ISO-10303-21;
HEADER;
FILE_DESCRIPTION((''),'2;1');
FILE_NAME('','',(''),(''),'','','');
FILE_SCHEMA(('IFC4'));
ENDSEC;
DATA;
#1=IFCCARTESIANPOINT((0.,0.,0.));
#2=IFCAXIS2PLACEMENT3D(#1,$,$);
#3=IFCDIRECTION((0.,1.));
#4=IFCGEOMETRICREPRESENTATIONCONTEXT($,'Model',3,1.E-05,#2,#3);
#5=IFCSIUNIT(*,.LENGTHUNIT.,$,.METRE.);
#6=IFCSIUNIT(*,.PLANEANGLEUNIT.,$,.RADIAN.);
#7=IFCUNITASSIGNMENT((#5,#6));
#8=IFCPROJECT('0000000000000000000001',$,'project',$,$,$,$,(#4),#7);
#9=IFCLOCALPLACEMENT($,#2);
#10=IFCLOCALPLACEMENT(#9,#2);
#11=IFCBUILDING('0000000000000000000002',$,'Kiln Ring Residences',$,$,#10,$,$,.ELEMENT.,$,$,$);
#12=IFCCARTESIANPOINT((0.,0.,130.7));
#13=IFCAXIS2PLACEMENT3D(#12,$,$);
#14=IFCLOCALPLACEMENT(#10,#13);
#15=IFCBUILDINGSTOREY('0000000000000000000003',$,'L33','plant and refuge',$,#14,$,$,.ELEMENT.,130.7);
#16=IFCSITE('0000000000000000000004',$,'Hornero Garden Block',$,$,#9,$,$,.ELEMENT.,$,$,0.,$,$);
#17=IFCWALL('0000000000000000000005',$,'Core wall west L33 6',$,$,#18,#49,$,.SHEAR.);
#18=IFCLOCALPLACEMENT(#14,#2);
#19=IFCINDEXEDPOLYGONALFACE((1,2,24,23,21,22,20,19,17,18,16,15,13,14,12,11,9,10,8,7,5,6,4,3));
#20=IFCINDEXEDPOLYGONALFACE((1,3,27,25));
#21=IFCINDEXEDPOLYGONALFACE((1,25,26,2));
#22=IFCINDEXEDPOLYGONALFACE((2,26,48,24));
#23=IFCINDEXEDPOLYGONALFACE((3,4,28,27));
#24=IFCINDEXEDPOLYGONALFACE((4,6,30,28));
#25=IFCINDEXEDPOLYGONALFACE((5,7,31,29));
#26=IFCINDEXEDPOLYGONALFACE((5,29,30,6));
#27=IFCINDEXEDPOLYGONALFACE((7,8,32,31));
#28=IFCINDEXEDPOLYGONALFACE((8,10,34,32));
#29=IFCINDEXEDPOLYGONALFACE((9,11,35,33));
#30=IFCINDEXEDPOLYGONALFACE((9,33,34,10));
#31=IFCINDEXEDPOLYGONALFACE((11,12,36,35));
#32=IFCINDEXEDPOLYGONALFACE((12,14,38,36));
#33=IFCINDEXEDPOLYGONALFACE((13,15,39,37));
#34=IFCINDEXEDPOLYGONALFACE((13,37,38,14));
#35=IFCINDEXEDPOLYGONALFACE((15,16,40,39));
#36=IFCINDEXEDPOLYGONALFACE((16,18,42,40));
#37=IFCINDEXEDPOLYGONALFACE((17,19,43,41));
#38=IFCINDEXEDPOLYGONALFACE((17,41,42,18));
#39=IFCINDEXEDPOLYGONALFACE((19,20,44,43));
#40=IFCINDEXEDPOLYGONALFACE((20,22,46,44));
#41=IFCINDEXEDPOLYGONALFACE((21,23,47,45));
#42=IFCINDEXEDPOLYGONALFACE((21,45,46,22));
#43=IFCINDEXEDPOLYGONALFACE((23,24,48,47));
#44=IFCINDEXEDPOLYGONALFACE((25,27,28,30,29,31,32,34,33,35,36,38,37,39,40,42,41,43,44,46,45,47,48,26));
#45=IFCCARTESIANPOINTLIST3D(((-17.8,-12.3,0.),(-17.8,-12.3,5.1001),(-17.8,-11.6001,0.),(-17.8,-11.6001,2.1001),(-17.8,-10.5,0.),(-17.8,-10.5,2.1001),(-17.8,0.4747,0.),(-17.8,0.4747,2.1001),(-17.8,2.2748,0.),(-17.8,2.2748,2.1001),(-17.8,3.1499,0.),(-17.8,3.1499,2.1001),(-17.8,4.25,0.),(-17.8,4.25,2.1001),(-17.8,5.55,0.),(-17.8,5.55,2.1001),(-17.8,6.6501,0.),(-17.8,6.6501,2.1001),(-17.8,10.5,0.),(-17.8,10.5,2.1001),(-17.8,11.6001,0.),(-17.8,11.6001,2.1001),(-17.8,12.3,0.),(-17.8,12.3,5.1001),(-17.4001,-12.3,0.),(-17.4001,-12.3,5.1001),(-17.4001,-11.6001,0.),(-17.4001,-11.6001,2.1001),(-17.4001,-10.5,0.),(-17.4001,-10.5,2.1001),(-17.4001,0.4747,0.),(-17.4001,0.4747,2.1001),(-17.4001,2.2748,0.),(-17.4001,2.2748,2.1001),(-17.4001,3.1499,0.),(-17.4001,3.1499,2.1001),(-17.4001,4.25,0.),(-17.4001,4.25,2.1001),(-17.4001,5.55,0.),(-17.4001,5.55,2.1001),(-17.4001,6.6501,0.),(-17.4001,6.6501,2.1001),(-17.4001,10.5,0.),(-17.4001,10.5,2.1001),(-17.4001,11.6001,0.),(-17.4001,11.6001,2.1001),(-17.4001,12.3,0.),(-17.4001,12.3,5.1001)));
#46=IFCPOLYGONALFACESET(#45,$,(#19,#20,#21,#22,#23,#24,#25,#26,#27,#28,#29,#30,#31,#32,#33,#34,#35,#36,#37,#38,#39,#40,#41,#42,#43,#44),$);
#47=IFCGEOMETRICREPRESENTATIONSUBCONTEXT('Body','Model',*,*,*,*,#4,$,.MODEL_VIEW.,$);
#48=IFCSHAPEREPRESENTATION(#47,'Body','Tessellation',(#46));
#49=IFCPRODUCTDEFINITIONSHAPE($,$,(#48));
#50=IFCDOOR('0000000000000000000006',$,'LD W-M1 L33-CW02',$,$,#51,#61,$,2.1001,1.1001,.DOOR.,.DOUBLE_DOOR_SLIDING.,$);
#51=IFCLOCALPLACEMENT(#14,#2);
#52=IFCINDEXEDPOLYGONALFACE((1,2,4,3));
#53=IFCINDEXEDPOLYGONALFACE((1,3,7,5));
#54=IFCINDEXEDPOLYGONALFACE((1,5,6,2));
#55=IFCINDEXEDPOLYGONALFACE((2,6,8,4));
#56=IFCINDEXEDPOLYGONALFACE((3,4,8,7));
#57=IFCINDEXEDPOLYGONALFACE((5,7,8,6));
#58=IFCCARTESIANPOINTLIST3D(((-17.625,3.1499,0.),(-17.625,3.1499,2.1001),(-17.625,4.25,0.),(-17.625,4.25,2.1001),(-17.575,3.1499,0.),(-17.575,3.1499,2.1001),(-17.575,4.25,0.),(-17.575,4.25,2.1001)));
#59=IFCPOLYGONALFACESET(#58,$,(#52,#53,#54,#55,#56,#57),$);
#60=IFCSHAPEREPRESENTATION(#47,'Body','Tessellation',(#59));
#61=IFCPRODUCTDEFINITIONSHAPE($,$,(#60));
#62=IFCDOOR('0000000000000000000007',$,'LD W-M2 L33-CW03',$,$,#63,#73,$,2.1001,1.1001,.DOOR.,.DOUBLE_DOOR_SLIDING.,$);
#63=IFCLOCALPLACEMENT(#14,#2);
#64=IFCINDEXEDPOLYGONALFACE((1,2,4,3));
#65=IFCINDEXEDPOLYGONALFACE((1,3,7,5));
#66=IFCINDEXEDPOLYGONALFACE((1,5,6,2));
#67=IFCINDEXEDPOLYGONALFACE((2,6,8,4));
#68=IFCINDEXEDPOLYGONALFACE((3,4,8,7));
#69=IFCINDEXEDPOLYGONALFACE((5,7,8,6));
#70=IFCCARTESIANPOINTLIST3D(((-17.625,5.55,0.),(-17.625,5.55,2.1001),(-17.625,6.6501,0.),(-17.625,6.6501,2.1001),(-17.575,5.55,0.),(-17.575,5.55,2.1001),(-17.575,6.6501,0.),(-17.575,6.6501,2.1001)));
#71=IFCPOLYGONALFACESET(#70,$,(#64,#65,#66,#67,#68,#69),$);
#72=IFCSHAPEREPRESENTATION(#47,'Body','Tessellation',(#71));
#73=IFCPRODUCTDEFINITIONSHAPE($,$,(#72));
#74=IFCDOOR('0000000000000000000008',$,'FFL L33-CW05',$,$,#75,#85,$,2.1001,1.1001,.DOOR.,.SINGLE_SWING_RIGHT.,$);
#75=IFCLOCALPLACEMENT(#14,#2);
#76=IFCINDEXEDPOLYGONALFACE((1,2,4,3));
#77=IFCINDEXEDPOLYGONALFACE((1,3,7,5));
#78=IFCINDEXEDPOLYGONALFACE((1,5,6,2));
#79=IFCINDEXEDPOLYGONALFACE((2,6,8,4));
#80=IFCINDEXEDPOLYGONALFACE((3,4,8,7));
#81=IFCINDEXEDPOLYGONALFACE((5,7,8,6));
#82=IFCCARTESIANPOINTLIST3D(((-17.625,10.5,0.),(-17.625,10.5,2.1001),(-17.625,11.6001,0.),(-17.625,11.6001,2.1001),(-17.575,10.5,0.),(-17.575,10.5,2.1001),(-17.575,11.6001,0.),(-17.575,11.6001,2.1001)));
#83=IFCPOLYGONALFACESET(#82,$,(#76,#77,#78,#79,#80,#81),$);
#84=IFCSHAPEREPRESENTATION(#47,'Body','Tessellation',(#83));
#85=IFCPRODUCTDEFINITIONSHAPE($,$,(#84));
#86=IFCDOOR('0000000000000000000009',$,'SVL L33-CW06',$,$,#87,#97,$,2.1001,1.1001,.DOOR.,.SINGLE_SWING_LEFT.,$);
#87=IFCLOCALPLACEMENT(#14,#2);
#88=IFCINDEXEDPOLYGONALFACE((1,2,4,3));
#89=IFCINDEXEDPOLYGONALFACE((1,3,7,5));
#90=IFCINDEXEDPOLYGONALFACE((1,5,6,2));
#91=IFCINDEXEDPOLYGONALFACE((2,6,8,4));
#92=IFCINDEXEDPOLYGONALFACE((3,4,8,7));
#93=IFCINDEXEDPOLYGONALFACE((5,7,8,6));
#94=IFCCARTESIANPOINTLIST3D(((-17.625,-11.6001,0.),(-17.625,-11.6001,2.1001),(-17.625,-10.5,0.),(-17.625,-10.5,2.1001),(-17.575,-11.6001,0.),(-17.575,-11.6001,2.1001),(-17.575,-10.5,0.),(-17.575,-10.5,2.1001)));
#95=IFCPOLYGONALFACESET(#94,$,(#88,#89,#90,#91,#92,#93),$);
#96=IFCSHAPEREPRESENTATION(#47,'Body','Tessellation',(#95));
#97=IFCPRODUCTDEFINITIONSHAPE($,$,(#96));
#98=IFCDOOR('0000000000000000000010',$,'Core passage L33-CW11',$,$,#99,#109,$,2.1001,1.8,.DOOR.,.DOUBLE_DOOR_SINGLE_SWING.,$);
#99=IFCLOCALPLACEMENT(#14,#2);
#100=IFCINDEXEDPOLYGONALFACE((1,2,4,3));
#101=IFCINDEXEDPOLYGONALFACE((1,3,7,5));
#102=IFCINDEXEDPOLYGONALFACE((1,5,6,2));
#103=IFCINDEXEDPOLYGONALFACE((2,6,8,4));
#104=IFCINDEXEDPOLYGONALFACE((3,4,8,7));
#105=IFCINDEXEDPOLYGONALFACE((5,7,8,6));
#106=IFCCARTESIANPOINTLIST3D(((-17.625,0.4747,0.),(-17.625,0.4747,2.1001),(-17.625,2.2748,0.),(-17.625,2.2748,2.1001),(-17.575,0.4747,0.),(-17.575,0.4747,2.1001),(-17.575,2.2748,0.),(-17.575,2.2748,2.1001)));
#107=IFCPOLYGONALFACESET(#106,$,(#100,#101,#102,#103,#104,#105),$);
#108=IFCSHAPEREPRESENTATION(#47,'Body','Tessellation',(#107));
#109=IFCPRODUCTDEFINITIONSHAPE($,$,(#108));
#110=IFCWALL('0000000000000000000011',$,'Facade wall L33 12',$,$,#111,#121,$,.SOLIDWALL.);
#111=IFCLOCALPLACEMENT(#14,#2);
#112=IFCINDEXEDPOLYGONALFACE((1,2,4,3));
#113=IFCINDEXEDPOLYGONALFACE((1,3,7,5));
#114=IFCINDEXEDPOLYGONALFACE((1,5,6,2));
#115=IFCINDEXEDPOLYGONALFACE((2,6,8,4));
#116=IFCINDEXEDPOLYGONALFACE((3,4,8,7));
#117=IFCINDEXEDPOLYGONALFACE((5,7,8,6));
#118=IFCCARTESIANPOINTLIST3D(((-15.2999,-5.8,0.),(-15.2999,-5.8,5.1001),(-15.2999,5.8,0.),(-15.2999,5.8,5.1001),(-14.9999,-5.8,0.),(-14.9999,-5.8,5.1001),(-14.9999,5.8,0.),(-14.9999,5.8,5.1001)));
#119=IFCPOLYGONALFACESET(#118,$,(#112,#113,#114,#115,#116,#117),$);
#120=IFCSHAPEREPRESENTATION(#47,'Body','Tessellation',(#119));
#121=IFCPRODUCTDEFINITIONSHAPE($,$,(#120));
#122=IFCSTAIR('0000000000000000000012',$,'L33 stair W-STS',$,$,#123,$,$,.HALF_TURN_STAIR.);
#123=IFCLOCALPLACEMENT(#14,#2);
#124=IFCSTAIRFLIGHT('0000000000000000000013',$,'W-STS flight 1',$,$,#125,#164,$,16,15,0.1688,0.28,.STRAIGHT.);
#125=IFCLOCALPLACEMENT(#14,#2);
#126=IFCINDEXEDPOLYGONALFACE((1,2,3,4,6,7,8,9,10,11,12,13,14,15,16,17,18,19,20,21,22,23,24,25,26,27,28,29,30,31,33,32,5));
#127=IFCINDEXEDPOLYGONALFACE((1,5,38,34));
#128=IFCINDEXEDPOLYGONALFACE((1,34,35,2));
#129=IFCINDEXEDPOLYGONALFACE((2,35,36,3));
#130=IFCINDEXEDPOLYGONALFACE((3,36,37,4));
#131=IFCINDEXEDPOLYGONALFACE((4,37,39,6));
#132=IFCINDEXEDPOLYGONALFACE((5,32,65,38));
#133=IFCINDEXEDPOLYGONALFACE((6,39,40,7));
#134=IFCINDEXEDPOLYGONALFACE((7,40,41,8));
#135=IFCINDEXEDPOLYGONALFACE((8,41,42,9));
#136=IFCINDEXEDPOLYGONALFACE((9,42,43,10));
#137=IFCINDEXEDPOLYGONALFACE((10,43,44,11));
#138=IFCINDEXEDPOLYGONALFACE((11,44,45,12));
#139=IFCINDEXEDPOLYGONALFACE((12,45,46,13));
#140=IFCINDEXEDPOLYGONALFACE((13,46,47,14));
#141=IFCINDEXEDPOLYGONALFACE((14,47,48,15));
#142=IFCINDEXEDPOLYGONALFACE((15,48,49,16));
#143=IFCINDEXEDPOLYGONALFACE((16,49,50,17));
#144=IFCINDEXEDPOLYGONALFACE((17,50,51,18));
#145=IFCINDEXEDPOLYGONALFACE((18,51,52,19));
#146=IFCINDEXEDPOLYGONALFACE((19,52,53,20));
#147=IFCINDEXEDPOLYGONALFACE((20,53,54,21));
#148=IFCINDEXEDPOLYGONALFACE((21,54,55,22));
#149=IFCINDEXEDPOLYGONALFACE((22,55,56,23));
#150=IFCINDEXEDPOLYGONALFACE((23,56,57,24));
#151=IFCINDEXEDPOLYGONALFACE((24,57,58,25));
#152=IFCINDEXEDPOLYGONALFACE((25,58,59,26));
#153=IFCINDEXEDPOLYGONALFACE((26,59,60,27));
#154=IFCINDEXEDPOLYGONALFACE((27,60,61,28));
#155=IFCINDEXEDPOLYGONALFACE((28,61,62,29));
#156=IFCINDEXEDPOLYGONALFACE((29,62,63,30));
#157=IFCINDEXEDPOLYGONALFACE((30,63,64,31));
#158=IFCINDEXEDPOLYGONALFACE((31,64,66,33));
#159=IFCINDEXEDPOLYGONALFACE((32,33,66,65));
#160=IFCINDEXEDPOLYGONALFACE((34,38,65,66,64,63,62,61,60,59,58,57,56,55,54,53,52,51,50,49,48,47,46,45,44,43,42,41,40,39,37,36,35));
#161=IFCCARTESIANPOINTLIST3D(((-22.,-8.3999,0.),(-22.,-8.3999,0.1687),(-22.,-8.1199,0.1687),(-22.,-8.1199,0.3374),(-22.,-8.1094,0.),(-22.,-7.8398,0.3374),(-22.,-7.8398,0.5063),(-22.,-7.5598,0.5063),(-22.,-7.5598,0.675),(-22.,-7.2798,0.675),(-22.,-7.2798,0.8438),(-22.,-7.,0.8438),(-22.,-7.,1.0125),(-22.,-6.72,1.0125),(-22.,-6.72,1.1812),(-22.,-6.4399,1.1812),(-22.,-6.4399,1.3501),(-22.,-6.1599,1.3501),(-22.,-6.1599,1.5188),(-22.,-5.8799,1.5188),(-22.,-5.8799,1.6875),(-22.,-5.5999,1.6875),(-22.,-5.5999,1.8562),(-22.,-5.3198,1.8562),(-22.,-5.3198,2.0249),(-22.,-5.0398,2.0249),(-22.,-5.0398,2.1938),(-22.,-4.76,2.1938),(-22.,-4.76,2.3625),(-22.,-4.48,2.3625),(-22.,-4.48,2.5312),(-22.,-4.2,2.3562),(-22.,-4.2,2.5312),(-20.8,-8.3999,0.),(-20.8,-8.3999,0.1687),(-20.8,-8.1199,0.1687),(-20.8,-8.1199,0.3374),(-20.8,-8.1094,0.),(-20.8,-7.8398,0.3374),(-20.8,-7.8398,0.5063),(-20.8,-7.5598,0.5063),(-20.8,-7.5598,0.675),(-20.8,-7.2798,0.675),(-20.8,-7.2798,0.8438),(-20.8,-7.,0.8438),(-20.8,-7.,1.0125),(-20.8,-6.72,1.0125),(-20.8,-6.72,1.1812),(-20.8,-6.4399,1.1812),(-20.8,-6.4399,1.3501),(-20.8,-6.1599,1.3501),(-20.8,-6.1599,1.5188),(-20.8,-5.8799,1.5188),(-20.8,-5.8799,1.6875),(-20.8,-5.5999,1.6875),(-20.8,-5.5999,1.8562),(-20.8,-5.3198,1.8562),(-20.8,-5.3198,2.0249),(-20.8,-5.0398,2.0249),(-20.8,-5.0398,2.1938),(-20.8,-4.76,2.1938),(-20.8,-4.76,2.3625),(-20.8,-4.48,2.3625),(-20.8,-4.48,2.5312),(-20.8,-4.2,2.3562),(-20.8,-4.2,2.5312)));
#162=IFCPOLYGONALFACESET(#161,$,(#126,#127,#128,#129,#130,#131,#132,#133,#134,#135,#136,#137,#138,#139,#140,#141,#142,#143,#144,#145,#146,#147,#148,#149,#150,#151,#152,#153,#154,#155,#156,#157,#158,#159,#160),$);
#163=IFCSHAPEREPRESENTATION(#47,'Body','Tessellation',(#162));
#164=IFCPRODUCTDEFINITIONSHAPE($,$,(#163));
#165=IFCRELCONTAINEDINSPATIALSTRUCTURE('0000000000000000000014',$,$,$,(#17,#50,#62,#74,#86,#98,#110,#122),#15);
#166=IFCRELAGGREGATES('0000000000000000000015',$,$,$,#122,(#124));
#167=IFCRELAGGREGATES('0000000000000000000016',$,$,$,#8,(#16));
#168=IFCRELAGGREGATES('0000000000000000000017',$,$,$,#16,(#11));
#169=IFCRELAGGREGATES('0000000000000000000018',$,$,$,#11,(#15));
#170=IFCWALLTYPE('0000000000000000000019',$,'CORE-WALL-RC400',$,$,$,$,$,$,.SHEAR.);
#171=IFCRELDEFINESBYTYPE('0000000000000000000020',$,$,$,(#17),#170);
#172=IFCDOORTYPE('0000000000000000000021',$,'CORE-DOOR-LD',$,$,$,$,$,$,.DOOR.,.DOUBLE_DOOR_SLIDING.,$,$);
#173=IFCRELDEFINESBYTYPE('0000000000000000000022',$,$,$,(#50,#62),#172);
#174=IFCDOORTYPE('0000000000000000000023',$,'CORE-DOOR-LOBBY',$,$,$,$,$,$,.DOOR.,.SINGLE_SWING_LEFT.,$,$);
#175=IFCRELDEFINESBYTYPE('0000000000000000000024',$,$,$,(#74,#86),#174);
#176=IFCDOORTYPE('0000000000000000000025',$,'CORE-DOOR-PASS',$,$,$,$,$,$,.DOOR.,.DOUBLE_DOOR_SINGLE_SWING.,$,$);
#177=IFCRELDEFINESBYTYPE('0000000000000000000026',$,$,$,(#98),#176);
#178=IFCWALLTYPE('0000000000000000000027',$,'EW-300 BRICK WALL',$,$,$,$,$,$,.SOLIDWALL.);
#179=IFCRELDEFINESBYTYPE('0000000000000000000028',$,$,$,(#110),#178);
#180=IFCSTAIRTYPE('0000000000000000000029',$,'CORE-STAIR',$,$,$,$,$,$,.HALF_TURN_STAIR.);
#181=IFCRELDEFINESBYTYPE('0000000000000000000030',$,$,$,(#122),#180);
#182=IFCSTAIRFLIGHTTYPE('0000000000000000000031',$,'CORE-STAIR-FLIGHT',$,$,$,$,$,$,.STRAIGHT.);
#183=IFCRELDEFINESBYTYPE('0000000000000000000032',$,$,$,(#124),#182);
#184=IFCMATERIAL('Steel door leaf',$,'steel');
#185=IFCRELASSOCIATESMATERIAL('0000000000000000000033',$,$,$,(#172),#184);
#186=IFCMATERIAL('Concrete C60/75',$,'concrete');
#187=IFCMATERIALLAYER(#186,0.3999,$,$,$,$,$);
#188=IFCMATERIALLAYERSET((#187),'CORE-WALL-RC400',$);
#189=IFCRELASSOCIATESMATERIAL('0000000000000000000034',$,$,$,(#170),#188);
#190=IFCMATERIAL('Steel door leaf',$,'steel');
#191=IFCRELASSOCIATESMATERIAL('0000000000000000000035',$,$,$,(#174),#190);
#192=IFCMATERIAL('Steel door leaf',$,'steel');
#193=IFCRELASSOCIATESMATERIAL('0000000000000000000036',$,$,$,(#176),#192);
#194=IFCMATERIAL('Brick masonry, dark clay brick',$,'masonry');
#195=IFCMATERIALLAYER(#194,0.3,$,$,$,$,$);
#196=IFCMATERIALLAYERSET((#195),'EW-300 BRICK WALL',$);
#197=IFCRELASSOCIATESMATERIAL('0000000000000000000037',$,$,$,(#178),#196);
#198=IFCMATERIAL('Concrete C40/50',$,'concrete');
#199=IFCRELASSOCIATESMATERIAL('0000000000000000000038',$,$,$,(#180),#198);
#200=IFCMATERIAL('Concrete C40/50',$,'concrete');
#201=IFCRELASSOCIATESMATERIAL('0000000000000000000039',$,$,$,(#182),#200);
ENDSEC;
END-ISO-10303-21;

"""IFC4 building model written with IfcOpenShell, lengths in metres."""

from ifc_helpers import new_model, si_unit, direction, frame, frame_2d, origin, place, context, subcontext, project, spatial, polyline, rectangle, outline, extrude, material, layer, layer_set, type_object, element, fill, aggregate, save


model = new_model("IFC4")

# Units and contexts
model_context = context("Model", 3, precision=1e-05, world=origin(), true_north=direction((0.0, 1.0)))
body_context = subcontext(model_context, "Body", "Model", "MODEL_VIEW")
ifc_project = project(units=[si_unit("LENGTHUNIT", "METRE"), si_unit("PLANEANGLEUNIT", "RADIAN")], contexts=[model_context])

# Site, building, storey
site_placement = place(None, origin())
site = spatial("IfcSite", under=ifc_project, at=site_placement, Name="Hornero Garden Block", CompositionType="ELEMENT", RefElevation=0.0)
building_placement = place(site_placement, origin())
building = spatial("IfcBuilding", under=site, at=building_placement, Name="Kiln Ring Residences", CompositionType="ELEMENT")
storey_placement = place(building_placement, frame((0.0, 0.0, 130.7)))
storey = spatial("IfcBuildingStorey", under=building, at=storey_placement, Name="L33", Description="plant and refuge", CompositionType="ELEMENT", Elevation=130.7)

# Shared definitions
ifc_material_1 = material(Name="Steel door leaf", Category="steel")
door_type_1 = type_object("IfcDoorType", Name="CORE-DOOR-LD", OperationType="DOUBLE_DOOR_SLIDING", PredefinedType="DOOR", material=ifc_material_1)

# Wall, openings, doors
ifc_material_2 = material(Name="Concrete C60/75", Category="concrete")
ifc_layer_1 = layer(ifc_material_2, 0.3999)
ifc_layer_set_1 = layer_set([ifc_layer_1], Name="CORE-WALL-RC400")
wall_type_1 = type_object("IfcWallType", Name="CORE-WALL-RC400", PredefinedType="SHEAR", material=ifc_layer_set_1)
wall_1_placement = place(storey_placement, frame((-17.6001, -12.3, 0.0), z_axis=(0.0, 0.0, 1.0), x_axis=(0.0, 1.0, 0.0)))
wall_1 = element("IfcWall", 1, at=wall_1_placement, inside=storey, type_object=wall_type_1, Name="Core wall west L33 6", PredefinedType="SHEAR", context=body_context, shape_type="SweptSolid", body=[
    extrude(rectangle(XDim=24.6001, YDim=0.3999, at=frame_2d((12.3, 0.0))), origin(), (0.0, 0.0, 1.0), 5.1001),
])
opening_1_placement = place(wall_1_placement, frame((15.45, 0.0, 0.0)))
opening_1 = element("IfcOpeningElement", 2, at=opening_1_placement, cuts=wall_1, PredefinedType="OPENING", context=body_context, shape_type="SweptSolid", body=[
    extrude(rectangle(XDim=1.1001, YDim=2.1001, at=frame_2d((0.55, 1.05))), frame((0.0, 0.21, 0.0), z_axis=(0.0, -1.0, 0.0), x_axis=(1.0, 0.0, 0.0)), (0.0, 0.0, 1.0), 0.4199),
])
opening_2_placement = place(wall_1_placement, frame((17.8501, 0.0, 0.0)))
opening_2 = element("IfcOpeningElement", 3, at=opening_2_placement, cuts=wall_1, PredefinedType="OPENING", context=body_context, shape_type="SweptSolid", body=[
    extrude(rectangle(XDim=1.1001, YDim=2.1001, at=frame_2d((0.55, 1.05))), frame((0.0, 0.21, 0.0), z_axis=(0.0, -1.0, 0.0), x_axis=(1.0, 0.0, 0.0)), (0.0, 0.0, 1.0), 0.4199),
])
opening_3_placement = place(wall_1_placement, frame((22.8, 0.0, 0.0)))
opening_3 = element("IfcOpeningElement", 4, at=opening_3_placement, cuts=wall_1, PredefinedType="OPENING", context=body_context, shape_type="SweptSolid", body=[
    extrude(rectangle(XDim=1.1001, YDim=2.1001, at=frame_2d((0.55, 1.05))), frame((0.0, 0.21, 0.0), z_axis=(0.0, -1.0, 0.0), x_axis=(1.0, 0.0, 0.0)), (0.0, 0.0, 1.0), 0.4199),
])
opening_4_placement = place(wall_1_placement, frame((0.7, 0.0, 0.0)))
opening_4 = element("IfcOpeningElement", 5, at=opening_4_placement, cuts=wall_1, PredefinedType="OPENING", context=body_context, shape_type="SweptSolid", body=[
    extrude(rectangle(XDim=1.1001, YDim=2.1001, at=frame_2d((0.55, 1.05))), frame((0.0, 0.21, 0.0), z_axis=(0.0, -1.0, 0.0), x_axis=(1.0, 0.0, 0.0)), (0.0, 0.0, 1.0), 0.4199),
])
opening_5_placement = place(wall_1_placement, frame((12.7749, 0.0, 0.0)))
opening_5 = element("IfcOpeningElement", 6, at=opening_5_placement, cuts=wall_1, PredefinedType="OPENING", context=body_context, shape_type="SweptSolid", body=[
    extrude(rectangle(XDim=1.8, YDim=2.1001, at=frame_2d((0.8999, 1.05))), frame((0.0, 0.21, 0.0), z_axis=(0.0, -1.0, 0.0), x_axis=(1.0, 0.0, 0.0)), (0.0, 0.0, 1.0), 0.4199),
])
door_1_placement = place(opening_1_placement, origin())
door_1 = element("IfcDoor", 7, at=door_1_placement, inside=storey, type_object=door_type_1, Name="LD W-M1 L33-CW02", OperationType="DOUBLE_DOOR_SLIDING", OverallHeight=2.1001, OverallWidth=1.1001, PredefinedType="DOOR", context=body_context, shape_type="SweptSolid", body=[
    extrude(rectangle(XDim=1.1001, YDim=2.1001, at=frame_2d((0.55, 1.05))), frame((0.0, 0.0249, 0.0), z_axis=(0.0, -1.0, 0.0), x_axis=(1.0, 0.0, 0.0)), (0.0, 0.0, 1.0), 0.05),
])
fill(opening_1, door_1)
door_2_placement = place(opening_2_placement, origin())
door_2 = element("IfcDoor", 8, at=door_2_placement, inside=storey, type_object=door_type_1, Name="LD W-M2 L33-CW03", OperationType="DOUBLE_DOOR_SLIDING", OverallHeight=2.1001, OverallWidth=1.1001, PredefinedType="DOOR", context=body_context, shape_type="SweptSolid", body=[
    extrude(rectangle(XDim=1.1001, YDim=2.1001, at=frame_2d((0.55, 1.05))), frame((0.0, 0.0249, 0.0), z_axis=(0.0, -1.0, 0.0), x_axis=(1.0, 0.0, 0.0)), (0.0, 0.0, 1.0), 0.05),
])
fill(opening_2, door_2)
ifc_material_3 = material(Name="Steel door leaf", Category="steel")
door_type_2 = type_object("IfcDoorType", Name="CORE-DOOR-LOBBY", OperationType="SINGLE_SWING_LEFT", PredefinedType="DOOR", material=ifc_material_3)
door_3_placement = place(opening_3_placement, origin())
door_3 = element("IfcDoor", 9, at=door_3_placement, inside=storey, type_object=door_type_2, Name="FFL L33-CW05", OperationType="SINGLE_SWING_RIGHT", OverallHeight=2.1001, OverallWidth=1.1001, PredefinedType="DOOR", context=body_context, shape_type="SweptSolid", body=[
    extrude(rectangle(XDim=1.1001, YDim=2.1001, at=frame_2d((0.55, 1.05))), frame((0.0, 0.0249, 0.0), z_axis=(0.0, -1.0, 0.0), x_axis=(1.0, 0.0, 0.0)), (0.0, 0.0, 1.0), 0.05),
])
fill(opening_3, door_3)
door_4_placement = place(opening_4_placement, origin())
door_4 = element("IfcDoor", 10, at=door_4_placement, inside=storey, type_object=door_type_2, Name="SVL L33-CW06", OperationType="SINGLE_SWING_LEFT", OverallHeight=2.1001, OverallWidth=1.1001, PredefinedType="DOOR", context=body_context, shape_type="SweptSolid", body=[
    extrude(rectangle(XDim=1.1001, YDim=2.1001, at=frame_2d((0.55, 1.05))), frame((0.0, 0.0249, 0.0), z_axis=(0.0, -1.0, 0.0), x_axis=(1.0, 0.0, 0.0)), (0.0, 0.0, 1.0), 0.05),
])
fill(opening_4, door_4)
ifc_material_4 = material(Name="Steel door leaf", Category="steel")
door_type_3 = type_object("IfcDoorType", Name="CORE-DOOR-PASS", OperationType="DOUBLE_DOOR_SINGLE_SWING", PredefinedType="DOOR", material=ifc_material_4)
door_5_placement = place(opening_5_placement, origin())
door_5 = element("IfcDoor", 11, at=door_5_placement, inside=storey, type_object=door_type_3, Name="Core passage L33-CW11", OperationType="DOUBLE_DOOR_SINGLE_SWING", OverallHeight=2.1001, OverallWidth=1.8, PredefinedType="DOOR", context=body_context, shape_type="SweptSolid", body=[
    extrude(rectangle(XDim=1.8, YDim=2.1001, at=frame_2d((0.8999, 1.05))), frame((0.0, 0.0249, 0.0), z_axis=(0.0, -1.0, 0.0), x_axis=(1.0, 0.0, 0.0)), (0.0, 0.0, 1.0), 0.05),
])
fill(opening_5, door_5)

# Wall
ifc_material_5 = material(Name="Brick masonry, dark clay brick", Category="masonry")
ifc_layer_2 = layer(ifc_material_5, 0.3)
ifc_layer_set_2 = layer_set([ifc_layer_2], Name="EW-300 BRICK WALL")
wall_type_2 = type_object("IfcWallType", Name="EW-300 BRICK WALL", PredefinedType="SOLIDWALL", material=ifc_layer_set_2)
wall_2_placement = place(storey_placement, frame((-15.1499, -5.8, 0.0), z_axis=(0.0, 0.0, 1.0), x_axis=(0.0, 1.0, 0.0)))
element("IfcWall", 12, at=wall_2_placement, inside=storey, type_object=wall_type_2, Name="Facade wall L33 12", PredefinedType="SOLIDWALL", context=body_context, shape_type="SweptSolid", body=[
    extrude(rectangle(XDim=11.6001, YDim=0.3, at=frame_2d((5.8, 0.0))), origin(), (0.0, 0.0, 1.0), 5.1001),
])

# Stair, stair flight
ifc_material_6 = material(Name="Concrete C40/50", Category="concrete")
stair_type = type_object("IfcStairType", Name="CORE-STAIR", PredefinedType="HALF_TURN_STAIR", material=ifc_material_6)
stair_placement = place(storey_placement, origin())
stair = element("IfcStair", 13, at=stair_placement, inside=storey, type_object=stair_type, Name="L33 stair W-STS", PredefinedType="HALF_TURN_STAIR")
ifc_material_7 = material(Name="Concrete C40/50", Category="concrete")
stair_flight_type = type_object("IfcStairFlightType", Name="CORE-STAIR-FLIGHT", PredefinedType="STRAIGHT", material=ifc_material_7)
stair_flight_placement = place(storey_placement, frame((-21.3999, -8.3999, 0.0), z_axis=(0.0, 0.0, 1.0), x_axis=(0.0, 1.0, 0.0)))
stair_flight = element("IfcStairFlight", 14, at=stair_flight_placement, type_object=stair_flight_type, Name="W-STS flight 1", NumberOfRisers=16, NumberOfTreads=15, PredefinedType="STRAIGHT", RiserHeight=0.1688, TreadLength=0.28, context=body_context, shape_type="SweptSolid", body=[
    extrude(outline(polyline([(0.0, 0.0), (0.0, 0.1687), (0.28, 0.1687), (0.28, 0.3374), (0.5601, 0.3374), (0.5601, 0.5063), (0.8401, 0.5063), (0.8401, 0.675), (1.1201, 0.675), (1.1201, 0.8438), (1.3999, 0.8438), (1.3999, 1.0125), (1.6799, 1.0125), (1.6799, 1.1812), (1.96, 1.1812), (1.96, 1.3501), (2.24, 1.3501), (2.24, 1.5188), (2.52, 1.5188), (2.52, 1.6875), (2.8, 1.6875), (2.8, 1.8562), (3.0801, 1.8562), (3.0801, 2.0249), (3.3601, 2.0249), (3.3601, 2.1938), (3.6399, 2.1938), (3.6399, 2.3625), (3.9199, 2.3625), (3.9199, 2.5312), (4.2, 2.5312), (4.2, 2.7), (4.2, 2.3562), (0.2905, 0.0), (0.0, 0.0)])), frame((0.0, 0.6001, 0.0), z_axis=(0.0, -1.0, 0.0), x_axis=(1.0, 0.0, 0.0)), (0.0, 0.0, 1.0), 1.2),
])
aggregate(stair, [stair_flight])

save(model, "model.ifc")
